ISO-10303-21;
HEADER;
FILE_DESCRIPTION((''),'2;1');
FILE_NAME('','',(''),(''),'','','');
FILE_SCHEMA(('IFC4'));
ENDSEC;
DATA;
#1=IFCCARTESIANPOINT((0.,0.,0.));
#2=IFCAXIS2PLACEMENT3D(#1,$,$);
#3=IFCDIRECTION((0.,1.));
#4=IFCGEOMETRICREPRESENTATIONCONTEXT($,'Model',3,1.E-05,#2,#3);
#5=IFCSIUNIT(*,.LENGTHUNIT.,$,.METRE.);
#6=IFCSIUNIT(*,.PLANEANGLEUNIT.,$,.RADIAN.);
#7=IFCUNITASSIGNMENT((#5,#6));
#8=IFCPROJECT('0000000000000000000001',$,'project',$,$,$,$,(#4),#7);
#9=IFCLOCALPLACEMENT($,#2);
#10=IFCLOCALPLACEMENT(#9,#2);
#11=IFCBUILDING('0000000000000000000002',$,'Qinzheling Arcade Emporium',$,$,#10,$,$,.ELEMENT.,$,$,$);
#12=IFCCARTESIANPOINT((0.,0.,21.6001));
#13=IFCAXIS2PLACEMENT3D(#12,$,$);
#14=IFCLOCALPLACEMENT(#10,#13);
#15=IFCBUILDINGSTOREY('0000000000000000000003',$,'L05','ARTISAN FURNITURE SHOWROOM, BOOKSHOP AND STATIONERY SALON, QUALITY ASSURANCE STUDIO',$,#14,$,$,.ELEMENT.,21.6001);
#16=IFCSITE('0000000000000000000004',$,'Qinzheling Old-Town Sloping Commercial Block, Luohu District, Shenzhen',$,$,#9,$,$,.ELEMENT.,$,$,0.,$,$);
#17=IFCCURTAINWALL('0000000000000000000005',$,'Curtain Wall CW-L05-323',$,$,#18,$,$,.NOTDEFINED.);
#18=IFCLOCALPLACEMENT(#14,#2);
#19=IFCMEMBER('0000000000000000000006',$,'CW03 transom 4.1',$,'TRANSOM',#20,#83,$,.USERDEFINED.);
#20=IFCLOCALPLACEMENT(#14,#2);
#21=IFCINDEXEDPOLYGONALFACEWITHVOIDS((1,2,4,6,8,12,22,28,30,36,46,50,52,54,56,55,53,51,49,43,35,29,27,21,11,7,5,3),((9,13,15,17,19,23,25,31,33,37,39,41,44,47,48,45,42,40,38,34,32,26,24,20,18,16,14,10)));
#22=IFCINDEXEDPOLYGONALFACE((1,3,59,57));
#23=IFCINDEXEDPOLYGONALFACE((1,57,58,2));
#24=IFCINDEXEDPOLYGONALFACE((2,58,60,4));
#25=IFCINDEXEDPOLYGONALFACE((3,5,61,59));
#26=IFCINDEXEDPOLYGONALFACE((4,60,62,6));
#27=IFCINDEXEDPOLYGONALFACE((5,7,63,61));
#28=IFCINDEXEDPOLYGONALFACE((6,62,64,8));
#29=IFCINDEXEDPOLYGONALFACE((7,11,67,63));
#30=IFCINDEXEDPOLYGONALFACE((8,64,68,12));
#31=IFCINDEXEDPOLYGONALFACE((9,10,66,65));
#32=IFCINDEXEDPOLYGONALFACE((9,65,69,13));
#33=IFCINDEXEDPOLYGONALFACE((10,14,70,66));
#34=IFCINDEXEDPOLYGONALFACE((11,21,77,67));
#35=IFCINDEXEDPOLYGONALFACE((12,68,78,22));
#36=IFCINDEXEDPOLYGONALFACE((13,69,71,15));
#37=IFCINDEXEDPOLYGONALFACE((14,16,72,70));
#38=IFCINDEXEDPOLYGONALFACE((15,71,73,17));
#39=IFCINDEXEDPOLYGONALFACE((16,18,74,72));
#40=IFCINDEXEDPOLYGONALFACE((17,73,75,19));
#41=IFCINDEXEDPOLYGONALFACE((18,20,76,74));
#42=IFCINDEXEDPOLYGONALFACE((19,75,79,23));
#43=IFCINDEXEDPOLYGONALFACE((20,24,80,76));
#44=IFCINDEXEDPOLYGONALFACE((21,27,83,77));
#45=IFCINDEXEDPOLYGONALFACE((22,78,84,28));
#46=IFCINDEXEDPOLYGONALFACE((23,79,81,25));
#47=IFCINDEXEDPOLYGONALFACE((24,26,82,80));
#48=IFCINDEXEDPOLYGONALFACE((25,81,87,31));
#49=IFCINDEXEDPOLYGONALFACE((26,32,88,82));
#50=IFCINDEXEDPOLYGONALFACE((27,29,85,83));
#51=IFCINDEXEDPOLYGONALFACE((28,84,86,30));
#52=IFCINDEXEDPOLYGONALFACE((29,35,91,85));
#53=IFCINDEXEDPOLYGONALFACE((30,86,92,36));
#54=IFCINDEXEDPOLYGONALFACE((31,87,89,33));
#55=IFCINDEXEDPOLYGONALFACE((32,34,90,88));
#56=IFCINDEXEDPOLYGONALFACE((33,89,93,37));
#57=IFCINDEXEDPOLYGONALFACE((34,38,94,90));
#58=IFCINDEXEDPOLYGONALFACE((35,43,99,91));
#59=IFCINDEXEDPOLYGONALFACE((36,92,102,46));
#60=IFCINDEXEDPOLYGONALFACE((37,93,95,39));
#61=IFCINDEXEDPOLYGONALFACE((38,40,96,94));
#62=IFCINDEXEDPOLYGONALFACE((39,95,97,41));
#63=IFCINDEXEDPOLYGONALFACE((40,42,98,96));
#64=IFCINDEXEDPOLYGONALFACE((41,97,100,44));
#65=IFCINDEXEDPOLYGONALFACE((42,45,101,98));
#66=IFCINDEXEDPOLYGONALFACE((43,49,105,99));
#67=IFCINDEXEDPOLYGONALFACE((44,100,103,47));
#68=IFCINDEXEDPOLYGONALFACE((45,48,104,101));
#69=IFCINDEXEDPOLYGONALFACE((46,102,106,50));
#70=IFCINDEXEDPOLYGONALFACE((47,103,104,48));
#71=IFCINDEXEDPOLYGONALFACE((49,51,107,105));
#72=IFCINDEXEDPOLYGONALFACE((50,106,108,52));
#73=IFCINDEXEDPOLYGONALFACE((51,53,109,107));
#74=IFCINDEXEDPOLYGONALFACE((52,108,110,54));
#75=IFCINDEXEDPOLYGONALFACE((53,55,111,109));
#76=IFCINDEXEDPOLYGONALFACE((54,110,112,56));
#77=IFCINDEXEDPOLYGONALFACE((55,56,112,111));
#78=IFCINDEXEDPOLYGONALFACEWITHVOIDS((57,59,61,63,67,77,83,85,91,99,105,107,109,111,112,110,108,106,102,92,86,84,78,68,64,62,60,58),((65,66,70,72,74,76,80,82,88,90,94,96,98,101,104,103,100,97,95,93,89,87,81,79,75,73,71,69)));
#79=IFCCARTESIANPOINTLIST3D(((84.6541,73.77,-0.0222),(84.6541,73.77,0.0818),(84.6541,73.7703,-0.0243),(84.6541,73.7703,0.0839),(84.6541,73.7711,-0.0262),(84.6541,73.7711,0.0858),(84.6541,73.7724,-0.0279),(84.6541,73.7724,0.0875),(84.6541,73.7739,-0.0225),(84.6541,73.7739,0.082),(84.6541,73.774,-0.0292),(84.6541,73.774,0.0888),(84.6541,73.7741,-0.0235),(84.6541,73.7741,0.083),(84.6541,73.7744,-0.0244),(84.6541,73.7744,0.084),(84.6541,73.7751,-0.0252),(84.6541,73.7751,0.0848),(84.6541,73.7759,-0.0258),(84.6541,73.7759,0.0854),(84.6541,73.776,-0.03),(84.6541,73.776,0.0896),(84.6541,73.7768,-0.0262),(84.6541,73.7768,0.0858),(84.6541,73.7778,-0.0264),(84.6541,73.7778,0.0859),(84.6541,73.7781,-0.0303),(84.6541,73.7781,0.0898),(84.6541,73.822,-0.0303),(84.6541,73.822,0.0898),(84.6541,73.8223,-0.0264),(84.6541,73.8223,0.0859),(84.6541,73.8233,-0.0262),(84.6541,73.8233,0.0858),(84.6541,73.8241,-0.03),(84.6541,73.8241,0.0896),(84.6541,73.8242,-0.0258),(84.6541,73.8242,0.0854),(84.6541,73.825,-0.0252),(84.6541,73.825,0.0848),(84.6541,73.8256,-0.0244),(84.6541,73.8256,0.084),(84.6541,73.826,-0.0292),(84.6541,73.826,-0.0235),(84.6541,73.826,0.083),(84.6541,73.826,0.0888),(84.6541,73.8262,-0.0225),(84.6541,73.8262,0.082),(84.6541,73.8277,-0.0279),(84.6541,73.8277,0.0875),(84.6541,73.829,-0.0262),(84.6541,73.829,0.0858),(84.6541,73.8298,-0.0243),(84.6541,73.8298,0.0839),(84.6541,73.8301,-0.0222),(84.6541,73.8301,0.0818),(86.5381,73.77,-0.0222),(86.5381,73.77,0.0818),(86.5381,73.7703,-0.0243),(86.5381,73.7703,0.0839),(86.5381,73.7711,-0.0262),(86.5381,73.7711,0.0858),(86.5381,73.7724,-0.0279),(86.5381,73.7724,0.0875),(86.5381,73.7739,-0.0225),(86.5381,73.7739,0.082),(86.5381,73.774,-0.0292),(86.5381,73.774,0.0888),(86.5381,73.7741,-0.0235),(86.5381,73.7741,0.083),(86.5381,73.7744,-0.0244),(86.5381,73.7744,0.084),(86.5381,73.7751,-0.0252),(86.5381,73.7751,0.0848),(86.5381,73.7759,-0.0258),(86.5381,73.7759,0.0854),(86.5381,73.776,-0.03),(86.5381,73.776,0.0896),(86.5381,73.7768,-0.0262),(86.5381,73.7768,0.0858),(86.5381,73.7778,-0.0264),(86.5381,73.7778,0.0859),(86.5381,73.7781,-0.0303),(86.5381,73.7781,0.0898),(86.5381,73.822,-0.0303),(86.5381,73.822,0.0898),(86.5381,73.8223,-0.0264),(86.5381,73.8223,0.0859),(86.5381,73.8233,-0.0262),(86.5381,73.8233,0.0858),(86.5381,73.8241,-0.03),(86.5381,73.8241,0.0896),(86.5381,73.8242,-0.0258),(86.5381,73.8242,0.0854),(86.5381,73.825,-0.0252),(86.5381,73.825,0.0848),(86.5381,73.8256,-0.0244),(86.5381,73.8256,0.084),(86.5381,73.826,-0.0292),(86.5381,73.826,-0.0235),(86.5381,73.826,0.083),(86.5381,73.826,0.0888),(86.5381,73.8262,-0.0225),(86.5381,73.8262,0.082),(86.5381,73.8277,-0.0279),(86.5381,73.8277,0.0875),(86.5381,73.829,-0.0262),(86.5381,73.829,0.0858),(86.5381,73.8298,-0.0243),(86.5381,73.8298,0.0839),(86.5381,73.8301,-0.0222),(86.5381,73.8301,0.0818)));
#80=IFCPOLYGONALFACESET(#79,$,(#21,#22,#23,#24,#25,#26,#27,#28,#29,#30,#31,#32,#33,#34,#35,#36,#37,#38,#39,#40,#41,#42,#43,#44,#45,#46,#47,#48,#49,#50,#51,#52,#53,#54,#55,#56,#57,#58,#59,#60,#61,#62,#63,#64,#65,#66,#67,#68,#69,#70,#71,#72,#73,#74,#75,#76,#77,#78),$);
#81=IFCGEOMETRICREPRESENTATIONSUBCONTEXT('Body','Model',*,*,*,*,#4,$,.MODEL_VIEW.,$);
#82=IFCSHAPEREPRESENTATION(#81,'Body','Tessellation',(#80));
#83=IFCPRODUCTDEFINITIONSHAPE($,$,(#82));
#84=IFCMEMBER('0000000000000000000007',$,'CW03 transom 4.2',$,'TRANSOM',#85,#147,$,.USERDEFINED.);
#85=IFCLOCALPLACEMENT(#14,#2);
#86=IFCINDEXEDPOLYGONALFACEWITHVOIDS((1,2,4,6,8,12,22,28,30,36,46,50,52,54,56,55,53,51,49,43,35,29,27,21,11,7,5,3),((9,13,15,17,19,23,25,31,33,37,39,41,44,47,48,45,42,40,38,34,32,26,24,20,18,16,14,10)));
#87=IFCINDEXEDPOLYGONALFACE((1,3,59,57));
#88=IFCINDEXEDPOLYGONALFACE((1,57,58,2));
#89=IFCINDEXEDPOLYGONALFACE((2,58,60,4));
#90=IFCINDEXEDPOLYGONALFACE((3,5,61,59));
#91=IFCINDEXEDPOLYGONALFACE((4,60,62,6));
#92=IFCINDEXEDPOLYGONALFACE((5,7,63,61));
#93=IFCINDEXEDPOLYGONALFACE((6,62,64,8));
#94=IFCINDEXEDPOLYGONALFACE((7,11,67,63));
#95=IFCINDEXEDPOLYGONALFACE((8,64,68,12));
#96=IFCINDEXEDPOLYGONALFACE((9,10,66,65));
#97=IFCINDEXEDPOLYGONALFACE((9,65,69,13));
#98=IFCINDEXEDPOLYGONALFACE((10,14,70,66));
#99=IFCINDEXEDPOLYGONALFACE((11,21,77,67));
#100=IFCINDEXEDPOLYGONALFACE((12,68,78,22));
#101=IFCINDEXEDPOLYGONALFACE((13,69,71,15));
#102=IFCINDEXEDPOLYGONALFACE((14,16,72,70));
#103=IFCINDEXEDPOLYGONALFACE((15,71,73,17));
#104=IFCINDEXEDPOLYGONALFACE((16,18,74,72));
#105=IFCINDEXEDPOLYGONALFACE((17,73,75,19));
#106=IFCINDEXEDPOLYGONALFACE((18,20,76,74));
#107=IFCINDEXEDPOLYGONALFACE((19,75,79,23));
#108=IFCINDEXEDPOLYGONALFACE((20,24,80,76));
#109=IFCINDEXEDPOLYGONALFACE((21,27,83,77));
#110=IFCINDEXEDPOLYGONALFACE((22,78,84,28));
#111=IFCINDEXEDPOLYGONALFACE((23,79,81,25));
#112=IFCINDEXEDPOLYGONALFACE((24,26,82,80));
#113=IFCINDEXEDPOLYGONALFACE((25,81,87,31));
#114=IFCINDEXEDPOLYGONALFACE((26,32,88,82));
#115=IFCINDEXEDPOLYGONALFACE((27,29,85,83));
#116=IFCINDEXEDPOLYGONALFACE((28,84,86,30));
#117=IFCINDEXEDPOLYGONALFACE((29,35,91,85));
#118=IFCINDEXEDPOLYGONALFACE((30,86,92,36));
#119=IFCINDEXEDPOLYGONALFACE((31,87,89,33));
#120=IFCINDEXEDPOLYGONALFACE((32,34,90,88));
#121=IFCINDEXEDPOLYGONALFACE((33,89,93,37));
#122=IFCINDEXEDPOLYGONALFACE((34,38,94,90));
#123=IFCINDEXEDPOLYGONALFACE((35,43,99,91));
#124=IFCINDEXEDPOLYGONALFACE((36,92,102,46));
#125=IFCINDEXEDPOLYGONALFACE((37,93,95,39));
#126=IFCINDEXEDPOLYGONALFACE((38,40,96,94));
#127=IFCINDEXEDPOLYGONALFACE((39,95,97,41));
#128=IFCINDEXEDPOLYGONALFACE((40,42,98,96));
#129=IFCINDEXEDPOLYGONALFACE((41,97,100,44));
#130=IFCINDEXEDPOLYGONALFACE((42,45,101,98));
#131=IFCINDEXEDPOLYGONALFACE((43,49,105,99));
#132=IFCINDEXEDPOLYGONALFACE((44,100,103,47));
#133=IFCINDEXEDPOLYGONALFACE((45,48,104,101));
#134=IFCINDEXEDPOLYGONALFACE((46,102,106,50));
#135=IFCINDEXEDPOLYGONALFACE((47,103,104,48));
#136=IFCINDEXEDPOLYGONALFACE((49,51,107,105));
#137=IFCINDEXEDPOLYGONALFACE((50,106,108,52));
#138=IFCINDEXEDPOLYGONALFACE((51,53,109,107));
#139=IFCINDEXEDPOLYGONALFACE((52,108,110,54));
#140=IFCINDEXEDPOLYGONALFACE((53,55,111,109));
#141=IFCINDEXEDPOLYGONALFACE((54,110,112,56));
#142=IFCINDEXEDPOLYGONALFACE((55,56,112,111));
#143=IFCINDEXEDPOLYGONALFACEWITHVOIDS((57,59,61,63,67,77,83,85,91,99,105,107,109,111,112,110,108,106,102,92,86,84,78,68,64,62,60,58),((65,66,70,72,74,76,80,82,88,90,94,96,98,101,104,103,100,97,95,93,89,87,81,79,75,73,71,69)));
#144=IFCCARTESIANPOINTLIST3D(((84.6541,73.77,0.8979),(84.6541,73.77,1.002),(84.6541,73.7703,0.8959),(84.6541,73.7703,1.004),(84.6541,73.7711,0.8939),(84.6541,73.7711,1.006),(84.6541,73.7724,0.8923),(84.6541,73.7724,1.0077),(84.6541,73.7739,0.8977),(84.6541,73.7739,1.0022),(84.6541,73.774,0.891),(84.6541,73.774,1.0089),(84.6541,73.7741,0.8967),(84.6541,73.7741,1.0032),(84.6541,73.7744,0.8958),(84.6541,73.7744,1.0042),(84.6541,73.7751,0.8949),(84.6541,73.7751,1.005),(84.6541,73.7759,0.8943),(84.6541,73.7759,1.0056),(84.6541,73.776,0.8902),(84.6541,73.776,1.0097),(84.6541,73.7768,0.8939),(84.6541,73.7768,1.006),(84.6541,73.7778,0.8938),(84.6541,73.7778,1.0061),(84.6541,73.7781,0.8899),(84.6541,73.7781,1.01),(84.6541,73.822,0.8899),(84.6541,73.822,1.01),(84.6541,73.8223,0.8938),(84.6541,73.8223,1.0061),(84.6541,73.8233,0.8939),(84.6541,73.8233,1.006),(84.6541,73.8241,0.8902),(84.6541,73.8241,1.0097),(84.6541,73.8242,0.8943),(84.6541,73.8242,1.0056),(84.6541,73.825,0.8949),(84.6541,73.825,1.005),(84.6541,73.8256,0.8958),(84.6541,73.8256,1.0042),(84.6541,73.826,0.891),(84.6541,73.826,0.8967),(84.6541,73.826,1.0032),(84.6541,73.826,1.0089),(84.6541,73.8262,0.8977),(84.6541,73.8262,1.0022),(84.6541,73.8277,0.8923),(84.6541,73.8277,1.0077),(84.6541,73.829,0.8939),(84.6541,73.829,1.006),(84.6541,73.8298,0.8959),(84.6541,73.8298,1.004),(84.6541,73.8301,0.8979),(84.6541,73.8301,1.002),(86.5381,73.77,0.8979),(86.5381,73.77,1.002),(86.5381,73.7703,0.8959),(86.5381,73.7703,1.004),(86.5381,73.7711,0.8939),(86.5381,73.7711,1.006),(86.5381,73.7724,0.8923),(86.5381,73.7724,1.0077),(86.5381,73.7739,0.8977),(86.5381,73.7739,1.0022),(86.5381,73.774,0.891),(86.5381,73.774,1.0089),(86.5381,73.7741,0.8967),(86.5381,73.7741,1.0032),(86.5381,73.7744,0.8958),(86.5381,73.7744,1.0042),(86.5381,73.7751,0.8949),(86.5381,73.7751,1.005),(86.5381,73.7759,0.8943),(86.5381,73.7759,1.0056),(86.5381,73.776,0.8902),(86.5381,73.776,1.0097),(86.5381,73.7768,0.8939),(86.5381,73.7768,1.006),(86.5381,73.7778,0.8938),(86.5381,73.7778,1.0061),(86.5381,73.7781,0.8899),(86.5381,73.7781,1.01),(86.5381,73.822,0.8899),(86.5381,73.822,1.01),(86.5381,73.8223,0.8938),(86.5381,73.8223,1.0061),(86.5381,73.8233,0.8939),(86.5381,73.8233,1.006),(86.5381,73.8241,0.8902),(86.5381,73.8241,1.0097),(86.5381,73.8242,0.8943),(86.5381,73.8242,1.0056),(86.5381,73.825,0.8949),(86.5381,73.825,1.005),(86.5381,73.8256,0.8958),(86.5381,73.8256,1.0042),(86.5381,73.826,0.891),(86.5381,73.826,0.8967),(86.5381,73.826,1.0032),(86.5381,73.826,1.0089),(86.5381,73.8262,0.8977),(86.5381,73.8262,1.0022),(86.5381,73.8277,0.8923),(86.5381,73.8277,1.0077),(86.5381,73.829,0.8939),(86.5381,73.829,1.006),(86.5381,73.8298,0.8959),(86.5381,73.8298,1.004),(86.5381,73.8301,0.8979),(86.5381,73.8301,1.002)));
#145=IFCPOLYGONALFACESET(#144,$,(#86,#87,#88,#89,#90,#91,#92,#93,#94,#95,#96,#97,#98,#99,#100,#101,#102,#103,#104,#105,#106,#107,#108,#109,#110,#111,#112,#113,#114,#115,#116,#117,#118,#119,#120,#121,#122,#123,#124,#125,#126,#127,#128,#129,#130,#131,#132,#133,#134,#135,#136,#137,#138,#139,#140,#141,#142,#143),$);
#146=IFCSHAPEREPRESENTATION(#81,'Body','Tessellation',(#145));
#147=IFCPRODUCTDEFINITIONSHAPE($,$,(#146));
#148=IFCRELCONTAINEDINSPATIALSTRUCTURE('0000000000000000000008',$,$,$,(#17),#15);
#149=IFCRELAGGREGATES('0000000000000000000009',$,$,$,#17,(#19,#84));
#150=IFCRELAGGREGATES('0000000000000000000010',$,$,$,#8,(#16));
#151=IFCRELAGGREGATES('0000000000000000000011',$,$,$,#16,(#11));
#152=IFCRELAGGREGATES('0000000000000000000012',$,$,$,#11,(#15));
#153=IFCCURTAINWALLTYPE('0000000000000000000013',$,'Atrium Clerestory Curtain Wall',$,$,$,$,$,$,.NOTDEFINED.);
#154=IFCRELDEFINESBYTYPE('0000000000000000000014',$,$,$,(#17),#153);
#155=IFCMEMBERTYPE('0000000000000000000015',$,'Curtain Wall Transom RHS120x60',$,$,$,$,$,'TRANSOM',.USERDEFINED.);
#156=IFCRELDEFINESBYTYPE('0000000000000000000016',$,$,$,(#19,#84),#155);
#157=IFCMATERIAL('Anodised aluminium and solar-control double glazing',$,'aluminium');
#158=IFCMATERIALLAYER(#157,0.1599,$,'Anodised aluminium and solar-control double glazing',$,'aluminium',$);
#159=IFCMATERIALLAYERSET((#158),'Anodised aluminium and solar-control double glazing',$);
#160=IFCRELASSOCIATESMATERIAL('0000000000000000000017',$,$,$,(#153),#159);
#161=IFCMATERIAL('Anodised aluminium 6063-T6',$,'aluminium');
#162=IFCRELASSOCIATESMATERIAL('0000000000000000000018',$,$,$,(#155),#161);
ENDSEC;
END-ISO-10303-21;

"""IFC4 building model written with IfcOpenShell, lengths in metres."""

from ifc_helpers import new_model, si_unit, direction, frame, origin, origin_2d, place, context, subcontext, project, spatial, hollow_rectangle, extrude, material, layer, layer_set, material_profile, profile_set, type_object, element, aggregate, save


model = new_model("IFC4")

# Units and contexts
model_context = context("Model", 3, precision=1e-05, world=origin(), true_north=direction((0.0, 1.0)))
body_context = subcontext(model_context, "Body", "Model", "MODEL_VIEW")
ifc_project = project(units=[si_unit("LENGTHUNIT", "METRE"), si_unit("PLANEANGLEUNIT", "RADIAN")], contexts=[model_context])

# Site, building, storey
site_placement = place(None, origin())
site = spatial("IfcSite", under=ifc_project, at=site_placement, Name="Qinzheling Old-Town Sloping Commercial Block, Luohu District, Shenzhen", CompositionType="ELEMENT", RefElevation=0.0)
building_placement = place(site_placement, origin())
building = spatial("IfcBuilding", under=site, at=building_placement, Name="Qinzheling Arcade Emporium", CompositionType="ELEMENT")
storey_placement = place(building_placement, frame((0.0, 0.0, 21.6001)))
storey = spatial("IfcBuildingStorey", under=building, at=storey_placement, Name="L05", Description="ARTISAN FURNITURE SHOWROOM, BOOKSHOP AND STATIONERY SALON, QUALITY ASSURANCE STUDIO", CompositionType="ELEMENT", Elevation=21.6001)

# Curtain wall
ifc_material_1 = material(Name="Anodised aluminium and solar-control double glazing", Category="aluminium")
ifc_layer_1 = layer(ifc_material_1, 0.1599, Name="Anodised aluminium and solar-control double glazing", Category="aluminium")
ifc_layer_set_1 = layer_set([ifc_layer_1], Name="Anodised aluminium and solar-control double glazing")
curtain_wall_type = type_object("IfcCurtainWallType", Name="Atrium Clerestory Curtain Wall", PredefinedType="NOTDEFINED", material=ifc_layer_set_1)
curtain_wall_1_placement = place(storey_placement, origin())
curtain_wall_1 = element("IfcCurtainWall", 1, at=curtain_wall_1_placement, inside=storey, type_object=curtain_wall_type, Name="Curtain Wall CW-L05-323", PredefinedType="NOTDEFINED")
ifc_material_2 = material(Name="Anodised aluminium 6063-T6", Category="aluminium")

# Members
ifc_material_profile_1 = material_profile(ifc_material_2, hollow_rectangle(XDim=0.0601, YDim=0.1201, WallThickness=0.0039, InnerFilletRadius=0.0039, OuterFilletRadius=0.0081, at=origin_2d()), Name="RHS 120x60x4", Category="aluminium")
ifc_profile_set_1 = profile_set([ifc_material_profile_1], Name="Anodised aluminium 6063-T6")
member_type_1 = type_object("IfcMemberType", Name="Curtain Wall Transom RHS120x60", ElementType="TRANSOM", PredefinedType="USERDEFINED", material=ifc_profile_set_1)
member_1_placement = place(storey_placement, frame((84.6541, 73.8, 0.0298), z_axis=(1.0, 0.0, 0.0), x_axis=(0.0, 1.0, 0.0)))
member_1 = element("IfcMember", 2, at=member_1_placement, type_object=member_type_1, Name="CW03 transom 4.1", ObjectType="TRANSOM", PredefinedType="USERDEFINED", context=body_context, shape_type="SweptSolid", body=[
    extrude(hollow_rectangle(XDim=0.0601, YDim=0.1201, WallThickness=0.0039, InnerFilletRadius=0.0039, OuterFilletRadius=0.0081, at=origin_2d()), origin(), (0.0, 0.0, 1.0), 1.884),
])
member_2_placement = place(storey_placement, frame((84.6541, 73.8, 0.95), z_axis=(1.0, 0.0, 0.0), x_axis=(0.0, 1.0, 0.0)))
member_2 = element("IfcMember", 3, at=member_2_placement, type_object=member_type_1, Name="CW03 transom 4.2", ObjectType="TRANSOM", PredefinedType="USERDEFINED", context=body_context, shape_type="SweptSolid", body=[
    extrude(hollow_rectangle(XDim=0.0601, YDim=0.1201, WallThickness=0.0039, InnerFilletRadius=0.0039, OuterFilletRadius=0.0081, at=origin_2d()), origin(), (0.0, 0.0, 1.0), 1.884),
])

aggregate(curtain_wall_1, [member_1, member_2])

save(model, "model.ifc")
